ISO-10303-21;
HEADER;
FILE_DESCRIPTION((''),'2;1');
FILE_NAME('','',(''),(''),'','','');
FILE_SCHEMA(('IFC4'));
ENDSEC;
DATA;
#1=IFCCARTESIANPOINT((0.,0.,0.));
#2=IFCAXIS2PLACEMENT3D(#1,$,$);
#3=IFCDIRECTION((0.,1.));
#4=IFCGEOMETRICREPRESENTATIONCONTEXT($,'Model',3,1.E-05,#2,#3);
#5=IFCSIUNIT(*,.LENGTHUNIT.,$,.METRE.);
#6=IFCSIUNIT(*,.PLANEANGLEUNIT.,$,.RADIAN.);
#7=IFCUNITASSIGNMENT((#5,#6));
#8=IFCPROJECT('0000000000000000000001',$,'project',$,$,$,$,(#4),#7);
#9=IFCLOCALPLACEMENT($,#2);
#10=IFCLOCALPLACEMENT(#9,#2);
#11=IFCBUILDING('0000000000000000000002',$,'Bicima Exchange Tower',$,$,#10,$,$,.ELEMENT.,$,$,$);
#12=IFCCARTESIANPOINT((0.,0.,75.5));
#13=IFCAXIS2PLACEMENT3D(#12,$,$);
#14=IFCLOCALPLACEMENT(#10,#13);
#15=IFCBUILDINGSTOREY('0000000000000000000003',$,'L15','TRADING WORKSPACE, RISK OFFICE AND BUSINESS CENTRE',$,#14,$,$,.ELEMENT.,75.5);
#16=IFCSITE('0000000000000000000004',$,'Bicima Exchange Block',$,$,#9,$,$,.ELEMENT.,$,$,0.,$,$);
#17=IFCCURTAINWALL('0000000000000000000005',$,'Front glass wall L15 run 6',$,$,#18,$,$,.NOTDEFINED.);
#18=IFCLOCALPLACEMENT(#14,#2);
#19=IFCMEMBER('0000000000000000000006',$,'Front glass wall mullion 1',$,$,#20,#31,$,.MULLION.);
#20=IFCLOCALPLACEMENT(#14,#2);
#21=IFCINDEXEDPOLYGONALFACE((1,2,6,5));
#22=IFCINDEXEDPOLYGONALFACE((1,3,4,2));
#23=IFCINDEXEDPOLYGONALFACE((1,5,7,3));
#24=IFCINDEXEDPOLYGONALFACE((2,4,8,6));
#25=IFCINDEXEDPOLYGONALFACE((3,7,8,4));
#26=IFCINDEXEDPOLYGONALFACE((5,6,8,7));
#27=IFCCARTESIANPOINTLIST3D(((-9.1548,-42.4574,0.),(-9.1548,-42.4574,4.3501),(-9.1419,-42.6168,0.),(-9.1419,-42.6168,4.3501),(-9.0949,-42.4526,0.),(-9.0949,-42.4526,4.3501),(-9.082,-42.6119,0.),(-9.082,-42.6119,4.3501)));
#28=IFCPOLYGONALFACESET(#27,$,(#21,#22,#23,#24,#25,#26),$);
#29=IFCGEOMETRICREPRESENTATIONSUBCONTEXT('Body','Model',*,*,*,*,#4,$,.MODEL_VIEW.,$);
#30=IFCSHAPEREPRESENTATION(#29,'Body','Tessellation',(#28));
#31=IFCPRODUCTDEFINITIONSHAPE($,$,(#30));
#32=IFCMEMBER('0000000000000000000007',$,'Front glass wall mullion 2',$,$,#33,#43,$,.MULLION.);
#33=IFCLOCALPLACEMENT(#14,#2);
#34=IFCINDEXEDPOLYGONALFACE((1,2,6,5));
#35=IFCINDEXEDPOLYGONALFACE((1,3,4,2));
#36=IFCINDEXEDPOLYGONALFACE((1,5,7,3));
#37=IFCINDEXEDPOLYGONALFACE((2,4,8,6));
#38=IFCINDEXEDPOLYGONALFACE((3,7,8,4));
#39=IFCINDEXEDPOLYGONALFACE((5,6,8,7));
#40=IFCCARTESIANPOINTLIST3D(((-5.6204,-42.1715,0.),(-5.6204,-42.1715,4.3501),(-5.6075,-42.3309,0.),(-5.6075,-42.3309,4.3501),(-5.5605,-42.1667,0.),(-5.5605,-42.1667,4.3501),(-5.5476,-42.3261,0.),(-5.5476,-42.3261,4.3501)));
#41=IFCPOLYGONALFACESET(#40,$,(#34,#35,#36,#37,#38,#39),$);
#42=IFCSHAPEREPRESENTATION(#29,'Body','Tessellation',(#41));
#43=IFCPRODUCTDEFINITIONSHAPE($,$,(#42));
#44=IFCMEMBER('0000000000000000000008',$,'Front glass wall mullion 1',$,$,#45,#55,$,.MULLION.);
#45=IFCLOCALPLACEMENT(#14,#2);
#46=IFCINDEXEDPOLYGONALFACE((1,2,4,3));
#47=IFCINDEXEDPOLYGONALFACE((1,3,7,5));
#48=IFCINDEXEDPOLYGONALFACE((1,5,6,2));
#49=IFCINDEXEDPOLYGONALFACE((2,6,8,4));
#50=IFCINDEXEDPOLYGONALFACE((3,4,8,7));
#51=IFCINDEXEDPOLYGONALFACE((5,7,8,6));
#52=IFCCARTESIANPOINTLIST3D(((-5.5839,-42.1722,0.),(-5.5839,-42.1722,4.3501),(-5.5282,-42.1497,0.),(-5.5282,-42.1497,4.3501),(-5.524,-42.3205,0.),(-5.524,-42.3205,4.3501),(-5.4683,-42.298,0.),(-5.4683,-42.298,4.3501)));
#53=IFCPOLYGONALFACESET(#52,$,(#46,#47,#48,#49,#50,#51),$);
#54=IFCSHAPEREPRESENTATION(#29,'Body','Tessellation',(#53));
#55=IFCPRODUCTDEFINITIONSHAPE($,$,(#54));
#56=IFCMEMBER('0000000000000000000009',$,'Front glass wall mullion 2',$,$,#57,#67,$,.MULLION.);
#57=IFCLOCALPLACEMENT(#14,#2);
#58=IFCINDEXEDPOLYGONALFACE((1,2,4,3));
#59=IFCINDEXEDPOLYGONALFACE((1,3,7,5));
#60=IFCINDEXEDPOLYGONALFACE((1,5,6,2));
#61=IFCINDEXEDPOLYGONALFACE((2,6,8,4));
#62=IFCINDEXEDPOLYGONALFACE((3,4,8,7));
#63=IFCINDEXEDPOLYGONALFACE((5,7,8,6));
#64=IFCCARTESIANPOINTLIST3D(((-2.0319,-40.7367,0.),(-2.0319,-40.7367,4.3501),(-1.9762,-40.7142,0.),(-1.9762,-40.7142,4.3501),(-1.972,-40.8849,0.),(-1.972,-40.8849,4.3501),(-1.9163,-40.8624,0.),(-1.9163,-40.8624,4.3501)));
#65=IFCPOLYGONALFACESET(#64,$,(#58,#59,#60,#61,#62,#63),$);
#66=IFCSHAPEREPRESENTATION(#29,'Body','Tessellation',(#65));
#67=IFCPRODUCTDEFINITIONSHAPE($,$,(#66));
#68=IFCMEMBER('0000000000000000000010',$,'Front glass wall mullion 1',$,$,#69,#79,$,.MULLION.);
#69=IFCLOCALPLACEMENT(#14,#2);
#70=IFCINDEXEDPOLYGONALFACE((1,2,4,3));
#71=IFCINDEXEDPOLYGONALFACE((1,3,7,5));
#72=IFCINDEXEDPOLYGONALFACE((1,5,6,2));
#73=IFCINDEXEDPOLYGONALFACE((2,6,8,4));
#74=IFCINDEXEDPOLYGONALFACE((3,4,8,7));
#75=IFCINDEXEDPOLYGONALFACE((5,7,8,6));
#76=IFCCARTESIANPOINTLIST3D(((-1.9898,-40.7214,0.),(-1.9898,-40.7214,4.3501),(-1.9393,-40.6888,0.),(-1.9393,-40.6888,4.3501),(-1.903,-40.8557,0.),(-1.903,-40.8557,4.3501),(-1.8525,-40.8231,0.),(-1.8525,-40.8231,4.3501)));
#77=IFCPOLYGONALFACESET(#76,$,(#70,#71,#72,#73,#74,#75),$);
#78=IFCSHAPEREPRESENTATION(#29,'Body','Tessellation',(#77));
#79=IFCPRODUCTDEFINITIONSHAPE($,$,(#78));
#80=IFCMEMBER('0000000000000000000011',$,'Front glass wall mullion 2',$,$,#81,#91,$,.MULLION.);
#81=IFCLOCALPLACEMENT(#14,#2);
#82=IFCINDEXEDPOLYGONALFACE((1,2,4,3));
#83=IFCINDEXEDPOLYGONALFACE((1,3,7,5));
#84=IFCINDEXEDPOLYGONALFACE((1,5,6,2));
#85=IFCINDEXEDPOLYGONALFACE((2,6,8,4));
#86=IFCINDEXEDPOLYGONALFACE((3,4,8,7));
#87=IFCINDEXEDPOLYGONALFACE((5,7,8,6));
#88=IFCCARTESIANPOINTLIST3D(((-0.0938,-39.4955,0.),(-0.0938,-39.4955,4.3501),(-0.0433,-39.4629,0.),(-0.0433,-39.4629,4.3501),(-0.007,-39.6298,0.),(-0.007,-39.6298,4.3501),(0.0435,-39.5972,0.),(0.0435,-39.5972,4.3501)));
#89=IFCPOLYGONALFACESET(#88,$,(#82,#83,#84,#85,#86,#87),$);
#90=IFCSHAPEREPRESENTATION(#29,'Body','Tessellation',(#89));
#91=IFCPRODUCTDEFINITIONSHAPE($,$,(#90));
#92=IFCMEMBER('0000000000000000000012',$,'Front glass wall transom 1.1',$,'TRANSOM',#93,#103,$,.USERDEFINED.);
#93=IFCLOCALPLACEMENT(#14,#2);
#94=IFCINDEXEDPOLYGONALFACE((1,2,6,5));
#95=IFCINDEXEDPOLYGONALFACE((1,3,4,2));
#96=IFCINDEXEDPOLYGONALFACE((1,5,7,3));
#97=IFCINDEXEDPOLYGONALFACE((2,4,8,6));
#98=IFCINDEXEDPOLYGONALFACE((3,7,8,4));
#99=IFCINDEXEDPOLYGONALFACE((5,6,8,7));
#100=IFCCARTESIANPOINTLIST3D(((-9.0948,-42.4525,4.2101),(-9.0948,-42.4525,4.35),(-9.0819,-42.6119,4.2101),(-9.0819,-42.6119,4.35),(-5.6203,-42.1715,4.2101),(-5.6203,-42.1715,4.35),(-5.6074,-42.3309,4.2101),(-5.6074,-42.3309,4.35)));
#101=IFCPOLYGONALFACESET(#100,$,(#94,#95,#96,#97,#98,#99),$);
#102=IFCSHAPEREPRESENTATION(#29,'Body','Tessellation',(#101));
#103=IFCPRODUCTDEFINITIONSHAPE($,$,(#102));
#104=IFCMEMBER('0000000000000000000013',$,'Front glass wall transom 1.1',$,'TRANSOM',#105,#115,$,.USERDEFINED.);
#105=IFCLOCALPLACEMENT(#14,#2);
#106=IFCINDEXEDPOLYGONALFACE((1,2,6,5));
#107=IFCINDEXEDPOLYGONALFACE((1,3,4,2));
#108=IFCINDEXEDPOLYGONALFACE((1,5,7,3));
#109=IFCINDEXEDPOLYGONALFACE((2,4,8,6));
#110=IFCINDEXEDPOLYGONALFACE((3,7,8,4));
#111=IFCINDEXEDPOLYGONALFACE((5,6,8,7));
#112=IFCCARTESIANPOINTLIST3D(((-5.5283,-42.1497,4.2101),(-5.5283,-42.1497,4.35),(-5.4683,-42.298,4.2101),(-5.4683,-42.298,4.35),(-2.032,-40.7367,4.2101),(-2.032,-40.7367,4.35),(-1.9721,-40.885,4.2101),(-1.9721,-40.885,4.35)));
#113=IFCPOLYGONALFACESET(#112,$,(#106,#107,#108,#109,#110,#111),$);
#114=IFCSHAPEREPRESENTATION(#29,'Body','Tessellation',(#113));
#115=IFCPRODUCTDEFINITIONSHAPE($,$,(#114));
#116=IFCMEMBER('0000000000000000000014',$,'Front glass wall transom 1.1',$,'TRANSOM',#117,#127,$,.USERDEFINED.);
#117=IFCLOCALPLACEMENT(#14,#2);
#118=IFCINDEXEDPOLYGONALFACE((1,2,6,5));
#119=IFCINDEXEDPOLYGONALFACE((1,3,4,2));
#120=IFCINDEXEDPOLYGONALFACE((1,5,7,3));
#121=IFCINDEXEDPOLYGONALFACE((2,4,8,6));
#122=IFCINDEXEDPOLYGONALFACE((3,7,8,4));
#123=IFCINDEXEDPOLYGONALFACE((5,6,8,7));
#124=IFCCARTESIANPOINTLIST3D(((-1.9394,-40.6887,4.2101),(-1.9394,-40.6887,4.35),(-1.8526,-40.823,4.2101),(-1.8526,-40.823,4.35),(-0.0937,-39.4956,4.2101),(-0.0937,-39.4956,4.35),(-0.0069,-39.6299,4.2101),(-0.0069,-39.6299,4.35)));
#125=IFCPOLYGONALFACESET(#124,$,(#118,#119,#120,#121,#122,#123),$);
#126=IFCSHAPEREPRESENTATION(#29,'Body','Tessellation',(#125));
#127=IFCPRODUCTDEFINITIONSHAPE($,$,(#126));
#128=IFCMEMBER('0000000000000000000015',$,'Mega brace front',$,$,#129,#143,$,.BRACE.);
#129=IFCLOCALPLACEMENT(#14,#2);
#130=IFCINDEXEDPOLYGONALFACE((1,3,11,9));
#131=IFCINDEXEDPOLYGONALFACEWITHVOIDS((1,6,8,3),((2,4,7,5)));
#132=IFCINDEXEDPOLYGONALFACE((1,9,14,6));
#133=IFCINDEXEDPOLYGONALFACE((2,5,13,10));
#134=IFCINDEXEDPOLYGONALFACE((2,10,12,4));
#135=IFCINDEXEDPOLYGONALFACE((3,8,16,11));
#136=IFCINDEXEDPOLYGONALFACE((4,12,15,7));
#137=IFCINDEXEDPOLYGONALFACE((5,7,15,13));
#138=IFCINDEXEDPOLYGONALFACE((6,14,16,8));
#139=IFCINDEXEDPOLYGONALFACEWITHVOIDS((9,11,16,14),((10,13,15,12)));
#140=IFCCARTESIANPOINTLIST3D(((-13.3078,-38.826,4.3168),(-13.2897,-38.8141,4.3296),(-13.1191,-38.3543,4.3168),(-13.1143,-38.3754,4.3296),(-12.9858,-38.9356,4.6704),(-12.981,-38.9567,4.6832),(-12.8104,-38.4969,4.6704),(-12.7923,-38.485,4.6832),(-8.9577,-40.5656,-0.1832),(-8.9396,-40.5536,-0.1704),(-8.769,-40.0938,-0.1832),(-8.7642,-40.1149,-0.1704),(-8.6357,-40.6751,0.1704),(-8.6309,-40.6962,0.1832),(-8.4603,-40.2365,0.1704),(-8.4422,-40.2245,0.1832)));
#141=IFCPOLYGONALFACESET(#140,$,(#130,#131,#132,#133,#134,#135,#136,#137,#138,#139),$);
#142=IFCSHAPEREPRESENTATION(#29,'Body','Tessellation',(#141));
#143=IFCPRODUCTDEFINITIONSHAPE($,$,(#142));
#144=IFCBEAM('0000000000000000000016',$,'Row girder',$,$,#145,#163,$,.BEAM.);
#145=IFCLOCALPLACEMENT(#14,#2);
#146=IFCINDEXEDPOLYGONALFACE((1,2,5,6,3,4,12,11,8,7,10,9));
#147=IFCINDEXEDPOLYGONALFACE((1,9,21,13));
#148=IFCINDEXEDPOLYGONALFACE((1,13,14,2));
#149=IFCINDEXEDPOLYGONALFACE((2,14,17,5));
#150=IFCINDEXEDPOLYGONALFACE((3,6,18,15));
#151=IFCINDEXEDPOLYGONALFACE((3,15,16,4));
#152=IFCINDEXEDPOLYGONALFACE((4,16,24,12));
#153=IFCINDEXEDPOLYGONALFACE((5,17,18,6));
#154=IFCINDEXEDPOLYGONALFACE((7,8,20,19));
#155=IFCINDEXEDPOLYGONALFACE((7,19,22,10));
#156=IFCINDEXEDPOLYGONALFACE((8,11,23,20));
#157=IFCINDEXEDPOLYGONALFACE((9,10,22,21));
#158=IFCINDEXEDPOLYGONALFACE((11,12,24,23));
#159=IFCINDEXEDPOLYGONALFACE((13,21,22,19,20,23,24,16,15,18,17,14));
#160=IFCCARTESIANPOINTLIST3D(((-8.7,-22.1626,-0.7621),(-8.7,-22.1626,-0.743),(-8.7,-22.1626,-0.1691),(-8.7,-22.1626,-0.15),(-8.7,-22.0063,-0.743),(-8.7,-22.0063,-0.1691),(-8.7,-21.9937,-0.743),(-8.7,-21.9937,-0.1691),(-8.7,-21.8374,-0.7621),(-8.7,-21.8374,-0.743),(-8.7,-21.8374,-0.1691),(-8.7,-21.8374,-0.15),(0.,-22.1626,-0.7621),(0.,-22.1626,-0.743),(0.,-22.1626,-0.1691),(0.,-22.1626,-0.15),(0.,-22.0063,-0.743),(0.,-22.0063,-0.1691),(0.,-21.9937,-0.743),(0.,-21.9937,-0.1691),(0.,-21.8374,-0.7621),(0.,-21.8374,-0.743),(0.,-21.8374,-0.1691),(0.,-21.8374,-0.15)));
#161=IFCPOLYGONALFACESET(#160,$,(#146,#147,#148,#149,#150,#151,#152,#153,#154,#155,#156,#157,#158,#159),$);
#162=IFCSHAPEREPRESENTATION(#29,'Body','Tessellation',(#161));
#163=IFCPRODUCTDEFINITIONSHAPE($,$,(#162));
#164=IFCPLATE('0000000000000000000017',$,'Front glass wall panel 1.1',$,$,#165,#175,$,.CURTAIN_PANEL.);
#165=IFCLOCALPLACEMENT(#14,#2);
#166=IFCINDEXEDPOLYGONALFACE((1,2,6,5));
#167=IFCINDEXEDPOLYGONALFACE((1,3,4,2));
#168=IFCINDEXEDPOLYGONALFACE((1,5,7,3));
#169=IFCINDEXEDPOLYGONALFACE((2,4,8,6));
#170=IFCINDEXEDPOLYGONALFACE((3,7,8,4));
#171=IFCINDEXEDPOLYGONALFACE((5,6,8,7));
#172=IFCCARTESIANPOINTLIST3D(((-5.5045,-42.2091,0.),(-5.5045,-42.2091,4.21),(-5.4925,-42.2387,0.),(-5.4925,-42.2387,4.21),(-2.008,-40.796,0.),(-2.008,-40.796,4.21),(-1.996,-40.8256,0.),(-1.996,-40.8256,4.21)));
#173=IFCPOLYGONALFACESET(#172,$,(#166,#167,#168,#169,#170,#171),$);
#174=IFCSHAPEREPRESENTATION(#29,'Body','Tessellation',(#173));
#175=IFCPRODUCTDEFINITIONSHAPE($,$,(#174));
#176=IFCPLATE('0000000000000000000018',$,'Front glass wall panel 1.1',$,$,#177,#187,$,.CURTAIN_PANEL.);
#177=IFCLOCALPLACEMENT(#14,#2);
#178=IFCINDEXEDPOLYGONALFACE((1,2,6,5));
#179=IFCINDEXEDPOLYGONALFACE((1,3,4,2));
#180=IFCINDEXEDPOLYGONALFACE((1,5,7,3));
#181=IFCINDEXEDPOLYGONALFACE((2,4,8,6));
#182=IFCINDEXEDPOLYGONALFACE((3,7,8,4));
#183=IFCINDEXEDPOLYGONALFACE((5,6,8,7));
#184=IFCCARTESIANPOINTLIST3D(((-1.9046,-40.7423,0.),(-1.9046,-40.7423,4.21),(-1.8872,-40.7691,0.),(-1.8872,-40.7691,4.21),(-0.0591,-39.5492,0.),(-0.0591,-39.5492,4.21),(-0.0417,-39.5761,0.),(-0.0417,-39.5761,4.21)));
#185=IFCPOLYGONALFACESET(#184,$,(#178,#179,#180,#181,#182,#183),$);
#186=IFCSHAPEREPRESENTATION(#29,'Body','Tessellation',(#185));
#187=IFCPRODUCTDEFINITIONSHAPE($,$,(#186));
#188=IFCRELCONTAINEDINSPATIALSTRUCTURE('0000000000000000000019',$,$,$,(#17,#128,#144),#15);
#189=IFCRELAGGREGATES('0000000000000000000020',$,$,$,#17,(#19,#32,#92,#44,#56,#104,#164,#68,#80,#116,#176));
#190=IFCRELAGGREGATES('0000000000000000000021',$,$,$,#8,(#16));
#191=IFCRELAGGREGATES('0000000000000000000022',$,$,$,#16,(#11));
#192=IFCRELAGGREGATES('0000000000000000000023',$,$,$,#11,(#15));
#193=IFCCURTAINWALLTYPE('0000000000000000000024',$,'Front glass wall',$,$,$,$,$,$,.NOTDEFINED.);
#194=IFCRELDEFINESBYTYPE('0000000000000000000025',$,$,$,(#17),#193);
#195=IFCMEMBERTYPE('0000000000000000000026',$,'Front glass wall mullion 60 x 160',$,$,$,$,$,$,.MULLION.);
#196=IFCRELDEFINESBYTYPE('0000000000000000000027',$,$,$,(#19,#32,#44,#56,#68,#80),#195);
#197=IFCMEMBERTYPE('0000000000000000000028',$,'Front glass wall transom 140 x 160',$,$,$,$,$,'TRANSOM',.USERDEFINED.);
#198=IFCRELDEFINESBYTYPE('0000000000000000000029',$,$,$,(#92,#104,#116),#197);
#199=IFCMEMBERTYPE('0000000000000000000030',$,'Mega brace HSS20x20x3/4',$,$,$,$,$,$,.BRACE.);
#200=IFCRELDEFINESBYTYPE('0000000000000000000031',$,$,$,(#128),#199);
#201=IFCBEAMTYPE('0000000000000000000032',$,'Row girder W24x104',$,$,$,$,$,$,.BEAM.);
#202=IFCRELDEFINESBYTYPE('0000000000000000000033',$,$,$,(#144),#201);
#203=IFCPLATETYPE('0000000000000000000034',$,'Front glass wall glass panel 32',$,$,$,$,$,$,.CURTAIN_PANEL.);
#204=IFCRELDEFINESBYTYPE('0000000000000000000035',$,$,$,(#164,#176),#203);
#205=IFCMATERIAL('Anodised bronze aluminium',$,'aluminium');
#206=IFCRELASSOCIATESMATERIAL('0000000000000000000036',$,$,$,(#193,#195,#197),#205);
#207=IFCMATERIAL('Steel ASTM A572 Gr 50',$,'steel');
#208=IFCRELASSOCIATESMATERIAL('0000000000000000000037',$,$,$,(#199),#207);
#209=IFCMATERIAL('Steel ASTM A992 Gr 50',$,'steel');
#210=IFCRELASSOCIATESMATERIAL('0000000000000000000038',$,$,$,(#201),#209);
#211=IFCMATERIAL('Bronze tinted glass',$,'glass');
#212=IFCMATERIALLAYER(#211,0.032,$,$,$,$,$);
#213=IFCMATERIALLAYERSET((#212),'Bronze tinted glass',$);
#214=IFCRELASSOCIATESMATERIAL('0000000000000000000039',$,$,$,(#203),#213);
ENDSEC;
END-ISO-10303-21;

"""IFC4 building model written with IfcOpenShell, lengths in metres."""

from ifc_helpers import new_model, si_unit, direction, frame, origin, origin_2d, place, context, subcontext, project, spatial, rectangle, hollow_rectangle, i_section, extrude, material, layer, layer_set, material_profile, profile_set, type_object, element, aggregate, save


model = new_model("IFC4")

# Units and contexts
model_context = context("Model", 3, precision=1e-05, world=origin(), true_north=direction((0.0, 1.0)))
body_context = subcontext(model_context, "Body", "Model", "MODEL_VIEW")
ifc_project = project(units=[si_unit("LENGTHUNIT", "METRE"), si_unit("PLANEANGLEUNIT", "RADIAN")], contexts=[model_context])

# Site, building, storey
site_placement = place(None, origin())
site = spatial("IfcSite", under=ifc_project, at=site_placement, Name="Bicima Exchange Block", CompositionType="ELEMENT", RefElevation=0.0)
building_placement = place(site_placement, origin())
building = spatial("IfcBuilding", under=site, at=building_placement, Name="Bicima Exchange Tower", CompositionType="ELEMENT")
storey_placement = place(building_placement, frame((0.0, 0.0, 75.5)))
storey = spatial("IfcBuildingStorey", under=building, at=storey_placement, Name="L15", Description="TRADING WORKSPACE, RISK OFFICE AND BUSINESS CENTRE", CompositionType="ELEMENT", Elevation=75.5)

# Shared definitions
ifc_material_1 = material(Name="Steel ASTM A992 Gr 50", Category="steel")

# Curtain wall, members
ifc_material_2 = material(Name="Anodised bronze aluminium", Category="aluminium")
curtain_wall_type = type_object("IfcCurtainWallType", Name="Front glass wall", PredefinedType="NOTDEFINED", material=ifc_material_2)
curtain_wall_placement = place(storey_placement, origin())
curtain_wall = element("IfcCurtainWall", 1, at=curtain_wall_placement, inside=storey, type_object=curtain_wall_type, Name="Front glass wall L15 run 6", PredefinedType="NOTDEFINED")
ifc_material_profile_1 = material_profile(ifc_material_2, rectangle(XDim=0.1599, YDim=0.0601, at=origin_2d()))
ifc_profile_set_1 = profile_set([ifc_material_profile_1], Name="Anodised bronze aluminium")
member_type_1 = type_object("IfcMemberType", Name="Front glass wall mullion 60 x 160", PredefinedType="MULLION", material=ifc_profile_set_1)
member_1_placement = place(storey_placement, frame((-9.1184, -42.5347, 0.0), z_axis=(0.0, 0.0, 1.0), x_axis=(-0.080589, 0.996747, 0.0)))
member_1 = element("IfcMember", 2, at=member_1_placement, type_object=member_type_1, Name="Front glass wall mullion 1", PredefinedType="MULLION", context=body_context, shape_type="SweptSolid", body=[
    extrude(rectangle(XDim=0.1599, YDim=0.0601, at=origin_2d()), origin(), (0.0, 0.0, 1.0), 4.3501),
])
member_2_placement = place(storey_placement, frame((-5.584, -42.2488, 0.0), z_axis=(0.0, 0.0, 1.0), x_axis=(-0.080589, 0.996747, 0.0)))
member_2 = element("IfcMember", 3, at=member_2_placement, type_object=member_type_1, Name="Front glass wall mullion 2", PredefinedType="MULLION", context=body_context, shape_type="SweptSolid", body=[
    extrude(rectangle(XDim=0.1599, YDim=0.0601, at=origin_2d()), origin(), (0.0, 0.0, 1.0), 4.3501),
])
member_3_placement = place(storey_placement, frame((-5.5261, -42.2351, 0.0), z_axis=(0.0, 0.0, 1.0), x_axis=(-0.374705, 0.927144, 0.0)))
member_3 = element("IfcMember", 4, at=member_3_placement, type_object=member_type_1, Name="Front glass wall mullion 1", PredefinedType="MULLION", context=body_context, shape_type="SweptSolid", body=[
    extrude(rectangle(XDim=0.1599, YDim=0.0601, at=origin_2d()), origin(), (0.0, 0.0, 1.0), 4.3501),
])
member_4_placement = place(storey_placement, frame((-1.9741, -40.7996, 0.0), z_axis=(0.0, 0.0, 1.0), x_axis=(-0.374705, 0.927144, 0.0)))
member_4 = element("IfcMember", 5, at=member_4_placement, type_object=member_type_1, Name="Front glass wall mullion 2", PredefinedType="MULLION", context=body_context, shape_type="SweptSolid", body=[
    extrude(rectangle(XDim=0.1599, YDim=0.0601, at=origin_2d()), origin(), (0.0, 0.0, 1.0), 4.3501),
])
member_5_placement = place(storey_placement, frame((-1.9211, -40.7722, 0.0), z_axis=(0.0, 0.0, 1.0), x_axis=(-0.542897, 0.839799, 0.0)))
member_5 = element("IfcMember", 6, at=member_5_placement, type_object=member_type_1, Name="Front glass wall mullion 1", PredefinedType="MULLION", context=body_context, shape_type="SweptSolid", body=[
    extrude(rectangle(XDim=0.1599, YDim=0.0601, at=origin_2d()), origin(), (0.0, 0.0, 1.0), 4.3501),
])
member_6_placement = place(storey_placement, frame((-0.0251, -39.5464, 0.0), z_axis=(0.0, 0.0, 1.0), x_axis=(-0.542897, 0.839799, 0.0)))
member_6 = element("IfcMember", 7, at=member_6_placement, type_object=member_type_1, Name="Front glass wall mullion 2", PredefinedType="MULLION", context=body_context, shape_type="SweptSolid", body=[
    extrude(rectangle(XDim=0.1599, YDim=0.0601, at=origin_2d()), origin(), (0.0, 0.0, 1.0), 4.3501),
])
ifc_material_profile_2 = material_profile(ifc_material_2, rectangle(XDim=0.1599, YDim=0.1399, at=origin_2d()))
ifc_profile_set_2 = profile_set([ifc_material_profile_2], Name="Anodised bronze aluminium")
member_type_2 = type_object("IfcMemberType", Name="Front glass wall transom 140 x 160", ElementType="TRANSOM", PredefinedType="USERDEFINED", material=ifc_profile_set_2)
member_7_placement = place(storey_placement, frame((-9.0884, -42.5322, 4.28), z_axis=(0.996746, 0.080611, 0.0), x_axis=(-0.080611, 0.996746, 0.0)))
member_7 = element("IfcMember", 8, at=member_7_placement, type_object=member_type_2, Name="Front glass wall transom 1.1", ObjectType="TRANSOM", PredefinedType="USERDEFINED", context=body_context, shape_type="SweptSolid", body=[
    extrude(rectangle(XDim=0.1599, YDim=0.1399, at=origin_2d()), origin(), (0.0, 0.0, 1.0), 3.4858),
])
member_8_placement = place(storey_placement, frame((-5.4983, -42.2239, 4.28), z_axis=(0.92714, 0.374715, 0.0), x_axis=(-0.374715, 0.92714, 0.0)))
member_8 = element("IfcMember", 9, at=member_8_placement, type_object=member_type_2, Name="Front glass wall transom 1.1", ObjectType="TRANSOM", PredefinedType="USERDEFINED", context=body_context, shape_type="SweptSolid", body=[
    extrude(rectangle(XDim=0.1599, YDim=0.1399, at=origin_2d()), origin(), (0.0, 0.0, 1.0), 3.771),
])
member_9_placement = place(storey_placement, frame((-1.896, -40.7559, 4.28), z_axis=(0.839811, 0.542878, 0.0), x_axis=(-0.542878, 0.839811, 0.0)))
member_9 = element("IfcMember", 10, at=member_9_placement, type_object=member_type_2, Name="Front glass wall transom 1.1", ObjectType="TRANSOM", PredefinedType="USERDEFINED", context=body_context, shape_type="SweptSolid", body=[
    extrude(rectangle(XDim=0.1599, YDim=0.1399, at=origin_2d()), origin(), (0.0, 0.0, 1.0), 2.1978),
])

# Member
ifc_material_3 = material(Name="Steel ASTM A572 Gr 50", Category="steel")
ifc_material_profile_3 = material_profile(ifc_material_3, hollow_rectangle(XDim=0.5081, YDim=0.5081, WallThickness=0.0178, at=origin_2d()))
ifc_profile_set_3 = profile_set([ifc_material_profile_3], Name="Steel ASTM A572 Gr 50")
member_type_3 = type_object("IfcMemberType", Name="Mega brace HSS20x20x3/4", PredefinedType="BRACE", material=ifc_profile_set_3)
member_10_placement = place(storey_placement, frame((-8.7, -40.395, 0.0), z_axis=(-0.669648, 0.267777, 0.692724), x_axis=(-0.371292, -0.928516, 0.0)))
element("IfcMember", 11, at=member_10_placement, inside=storey, type_object=member_type_3, Name="Mega brace front", PredefinedType="BRACE", context=body_context, shape_type="SweptSolid", body=[
    extrude(hollow_rectangle(XDim=0.5081, YDim=0.5081, WallThickness=0.0178, at=origin_2d()), origin(), (0.0, 0.0, 1.0), 6.4961),
])

# Beam
ifc_material_profile_4 = material_profile(ifc_material_1, i_section(OverallWidth=0.3252, OverallDepth=0.6121, WebThickness=0.0127, FlangeThickness=0.019, at=origin_2d()))
ifc_profile_set_4 = profile_set([ifc_material_profile_4], Name="Steel ASTM A992 Gr 50")
beam_type_1 = type_object("IfcBeamType", Name="Row girder W24x104", PredefinedType="BEAM", material=ifc_profile_set_4)
beam_1_placement = place(storey_placement, frame((-8.7, -22.0, -0.4561), z_axis=(1.0, 0.0, 0.0), x_axis=(0.0, 1.0, 0.0)))
element("IfcBeam", 12, at=beam_1_placement, inside=storey, type_object=beam_type_1, Name="Row girder", PredefinedType="BEAM", context=body_context, shape_type="SweptSolid", body=[
    extrude(i_section(OverallWidth=0.3252, OverallDepth=0.6121, WebThickness=0.0127, FlangeThickness=0.019, at=origin_2d()), origin(), (0.0, 0.0, 1.0), 8.7),
])

# Plates
ifc_material_4 = material(Name="Bronze tinted glass", Category="glass")
ifc_layer_1 = layer(ifc_material_4, 0.032)
ifc_layer_set_1 = layer_set([ifc_layer_1], Name="Bronze tinted glass")
plate_type_1 = type_object("IfcPlateType", Name="Front glass wall glass panel 32", PredefinedType="CURTAIN_PANEL", material=ifc_layer_set_1)
plate_1_placement = place(storey_placement, frame((-3.7502, -41.5173, 0.0), z_axis=(0.0, 0.0, 1.0), x_axis=(0.927144, 0.374705, 0.0)))
plate_1 = element("IfcPlate", 13, at=plate_1_placement, type_object=plate_type_1, Name="Front glass wall panel 1.1", PredefinedType="CURTAIN_PANEL", context=body_context, shape_type="SweptSolid", body=[
    extrude(rectangle(XDim=3.7712, YDim=0.032, at=origin_2d()), origin(), (0.0, 0.0, 1.0), 4.21),
])
plate_2_placement = place(storey_placement, frame((-0.9731, -40.1592, 0.0), z_axis=(0.0, 0.0, 1.0), x_axis=(0.839799, 0.542897, 0.0)))
plate_2 = element("IfcPlate", 14, at=plate_2_placement, type_object=plate_type_1, Name="Front glass wall panel 1.1", PredefinedType="CURTAIN_PANEL", context=body_context, shape_type="SweptSolid", body=[
    extrude(rectangle(XDim=2.1975, YDim=0.032, at=origin_2d()), origin(), (0.0, 0.0, 1.0), 4.21),
])
aggregate(curtain_wall, [member_1, member_2, member_7, member_3, member_4, member_8, plate_1, member_5, member_6, member_9, plate_2])

save(model, "model.ifc")
